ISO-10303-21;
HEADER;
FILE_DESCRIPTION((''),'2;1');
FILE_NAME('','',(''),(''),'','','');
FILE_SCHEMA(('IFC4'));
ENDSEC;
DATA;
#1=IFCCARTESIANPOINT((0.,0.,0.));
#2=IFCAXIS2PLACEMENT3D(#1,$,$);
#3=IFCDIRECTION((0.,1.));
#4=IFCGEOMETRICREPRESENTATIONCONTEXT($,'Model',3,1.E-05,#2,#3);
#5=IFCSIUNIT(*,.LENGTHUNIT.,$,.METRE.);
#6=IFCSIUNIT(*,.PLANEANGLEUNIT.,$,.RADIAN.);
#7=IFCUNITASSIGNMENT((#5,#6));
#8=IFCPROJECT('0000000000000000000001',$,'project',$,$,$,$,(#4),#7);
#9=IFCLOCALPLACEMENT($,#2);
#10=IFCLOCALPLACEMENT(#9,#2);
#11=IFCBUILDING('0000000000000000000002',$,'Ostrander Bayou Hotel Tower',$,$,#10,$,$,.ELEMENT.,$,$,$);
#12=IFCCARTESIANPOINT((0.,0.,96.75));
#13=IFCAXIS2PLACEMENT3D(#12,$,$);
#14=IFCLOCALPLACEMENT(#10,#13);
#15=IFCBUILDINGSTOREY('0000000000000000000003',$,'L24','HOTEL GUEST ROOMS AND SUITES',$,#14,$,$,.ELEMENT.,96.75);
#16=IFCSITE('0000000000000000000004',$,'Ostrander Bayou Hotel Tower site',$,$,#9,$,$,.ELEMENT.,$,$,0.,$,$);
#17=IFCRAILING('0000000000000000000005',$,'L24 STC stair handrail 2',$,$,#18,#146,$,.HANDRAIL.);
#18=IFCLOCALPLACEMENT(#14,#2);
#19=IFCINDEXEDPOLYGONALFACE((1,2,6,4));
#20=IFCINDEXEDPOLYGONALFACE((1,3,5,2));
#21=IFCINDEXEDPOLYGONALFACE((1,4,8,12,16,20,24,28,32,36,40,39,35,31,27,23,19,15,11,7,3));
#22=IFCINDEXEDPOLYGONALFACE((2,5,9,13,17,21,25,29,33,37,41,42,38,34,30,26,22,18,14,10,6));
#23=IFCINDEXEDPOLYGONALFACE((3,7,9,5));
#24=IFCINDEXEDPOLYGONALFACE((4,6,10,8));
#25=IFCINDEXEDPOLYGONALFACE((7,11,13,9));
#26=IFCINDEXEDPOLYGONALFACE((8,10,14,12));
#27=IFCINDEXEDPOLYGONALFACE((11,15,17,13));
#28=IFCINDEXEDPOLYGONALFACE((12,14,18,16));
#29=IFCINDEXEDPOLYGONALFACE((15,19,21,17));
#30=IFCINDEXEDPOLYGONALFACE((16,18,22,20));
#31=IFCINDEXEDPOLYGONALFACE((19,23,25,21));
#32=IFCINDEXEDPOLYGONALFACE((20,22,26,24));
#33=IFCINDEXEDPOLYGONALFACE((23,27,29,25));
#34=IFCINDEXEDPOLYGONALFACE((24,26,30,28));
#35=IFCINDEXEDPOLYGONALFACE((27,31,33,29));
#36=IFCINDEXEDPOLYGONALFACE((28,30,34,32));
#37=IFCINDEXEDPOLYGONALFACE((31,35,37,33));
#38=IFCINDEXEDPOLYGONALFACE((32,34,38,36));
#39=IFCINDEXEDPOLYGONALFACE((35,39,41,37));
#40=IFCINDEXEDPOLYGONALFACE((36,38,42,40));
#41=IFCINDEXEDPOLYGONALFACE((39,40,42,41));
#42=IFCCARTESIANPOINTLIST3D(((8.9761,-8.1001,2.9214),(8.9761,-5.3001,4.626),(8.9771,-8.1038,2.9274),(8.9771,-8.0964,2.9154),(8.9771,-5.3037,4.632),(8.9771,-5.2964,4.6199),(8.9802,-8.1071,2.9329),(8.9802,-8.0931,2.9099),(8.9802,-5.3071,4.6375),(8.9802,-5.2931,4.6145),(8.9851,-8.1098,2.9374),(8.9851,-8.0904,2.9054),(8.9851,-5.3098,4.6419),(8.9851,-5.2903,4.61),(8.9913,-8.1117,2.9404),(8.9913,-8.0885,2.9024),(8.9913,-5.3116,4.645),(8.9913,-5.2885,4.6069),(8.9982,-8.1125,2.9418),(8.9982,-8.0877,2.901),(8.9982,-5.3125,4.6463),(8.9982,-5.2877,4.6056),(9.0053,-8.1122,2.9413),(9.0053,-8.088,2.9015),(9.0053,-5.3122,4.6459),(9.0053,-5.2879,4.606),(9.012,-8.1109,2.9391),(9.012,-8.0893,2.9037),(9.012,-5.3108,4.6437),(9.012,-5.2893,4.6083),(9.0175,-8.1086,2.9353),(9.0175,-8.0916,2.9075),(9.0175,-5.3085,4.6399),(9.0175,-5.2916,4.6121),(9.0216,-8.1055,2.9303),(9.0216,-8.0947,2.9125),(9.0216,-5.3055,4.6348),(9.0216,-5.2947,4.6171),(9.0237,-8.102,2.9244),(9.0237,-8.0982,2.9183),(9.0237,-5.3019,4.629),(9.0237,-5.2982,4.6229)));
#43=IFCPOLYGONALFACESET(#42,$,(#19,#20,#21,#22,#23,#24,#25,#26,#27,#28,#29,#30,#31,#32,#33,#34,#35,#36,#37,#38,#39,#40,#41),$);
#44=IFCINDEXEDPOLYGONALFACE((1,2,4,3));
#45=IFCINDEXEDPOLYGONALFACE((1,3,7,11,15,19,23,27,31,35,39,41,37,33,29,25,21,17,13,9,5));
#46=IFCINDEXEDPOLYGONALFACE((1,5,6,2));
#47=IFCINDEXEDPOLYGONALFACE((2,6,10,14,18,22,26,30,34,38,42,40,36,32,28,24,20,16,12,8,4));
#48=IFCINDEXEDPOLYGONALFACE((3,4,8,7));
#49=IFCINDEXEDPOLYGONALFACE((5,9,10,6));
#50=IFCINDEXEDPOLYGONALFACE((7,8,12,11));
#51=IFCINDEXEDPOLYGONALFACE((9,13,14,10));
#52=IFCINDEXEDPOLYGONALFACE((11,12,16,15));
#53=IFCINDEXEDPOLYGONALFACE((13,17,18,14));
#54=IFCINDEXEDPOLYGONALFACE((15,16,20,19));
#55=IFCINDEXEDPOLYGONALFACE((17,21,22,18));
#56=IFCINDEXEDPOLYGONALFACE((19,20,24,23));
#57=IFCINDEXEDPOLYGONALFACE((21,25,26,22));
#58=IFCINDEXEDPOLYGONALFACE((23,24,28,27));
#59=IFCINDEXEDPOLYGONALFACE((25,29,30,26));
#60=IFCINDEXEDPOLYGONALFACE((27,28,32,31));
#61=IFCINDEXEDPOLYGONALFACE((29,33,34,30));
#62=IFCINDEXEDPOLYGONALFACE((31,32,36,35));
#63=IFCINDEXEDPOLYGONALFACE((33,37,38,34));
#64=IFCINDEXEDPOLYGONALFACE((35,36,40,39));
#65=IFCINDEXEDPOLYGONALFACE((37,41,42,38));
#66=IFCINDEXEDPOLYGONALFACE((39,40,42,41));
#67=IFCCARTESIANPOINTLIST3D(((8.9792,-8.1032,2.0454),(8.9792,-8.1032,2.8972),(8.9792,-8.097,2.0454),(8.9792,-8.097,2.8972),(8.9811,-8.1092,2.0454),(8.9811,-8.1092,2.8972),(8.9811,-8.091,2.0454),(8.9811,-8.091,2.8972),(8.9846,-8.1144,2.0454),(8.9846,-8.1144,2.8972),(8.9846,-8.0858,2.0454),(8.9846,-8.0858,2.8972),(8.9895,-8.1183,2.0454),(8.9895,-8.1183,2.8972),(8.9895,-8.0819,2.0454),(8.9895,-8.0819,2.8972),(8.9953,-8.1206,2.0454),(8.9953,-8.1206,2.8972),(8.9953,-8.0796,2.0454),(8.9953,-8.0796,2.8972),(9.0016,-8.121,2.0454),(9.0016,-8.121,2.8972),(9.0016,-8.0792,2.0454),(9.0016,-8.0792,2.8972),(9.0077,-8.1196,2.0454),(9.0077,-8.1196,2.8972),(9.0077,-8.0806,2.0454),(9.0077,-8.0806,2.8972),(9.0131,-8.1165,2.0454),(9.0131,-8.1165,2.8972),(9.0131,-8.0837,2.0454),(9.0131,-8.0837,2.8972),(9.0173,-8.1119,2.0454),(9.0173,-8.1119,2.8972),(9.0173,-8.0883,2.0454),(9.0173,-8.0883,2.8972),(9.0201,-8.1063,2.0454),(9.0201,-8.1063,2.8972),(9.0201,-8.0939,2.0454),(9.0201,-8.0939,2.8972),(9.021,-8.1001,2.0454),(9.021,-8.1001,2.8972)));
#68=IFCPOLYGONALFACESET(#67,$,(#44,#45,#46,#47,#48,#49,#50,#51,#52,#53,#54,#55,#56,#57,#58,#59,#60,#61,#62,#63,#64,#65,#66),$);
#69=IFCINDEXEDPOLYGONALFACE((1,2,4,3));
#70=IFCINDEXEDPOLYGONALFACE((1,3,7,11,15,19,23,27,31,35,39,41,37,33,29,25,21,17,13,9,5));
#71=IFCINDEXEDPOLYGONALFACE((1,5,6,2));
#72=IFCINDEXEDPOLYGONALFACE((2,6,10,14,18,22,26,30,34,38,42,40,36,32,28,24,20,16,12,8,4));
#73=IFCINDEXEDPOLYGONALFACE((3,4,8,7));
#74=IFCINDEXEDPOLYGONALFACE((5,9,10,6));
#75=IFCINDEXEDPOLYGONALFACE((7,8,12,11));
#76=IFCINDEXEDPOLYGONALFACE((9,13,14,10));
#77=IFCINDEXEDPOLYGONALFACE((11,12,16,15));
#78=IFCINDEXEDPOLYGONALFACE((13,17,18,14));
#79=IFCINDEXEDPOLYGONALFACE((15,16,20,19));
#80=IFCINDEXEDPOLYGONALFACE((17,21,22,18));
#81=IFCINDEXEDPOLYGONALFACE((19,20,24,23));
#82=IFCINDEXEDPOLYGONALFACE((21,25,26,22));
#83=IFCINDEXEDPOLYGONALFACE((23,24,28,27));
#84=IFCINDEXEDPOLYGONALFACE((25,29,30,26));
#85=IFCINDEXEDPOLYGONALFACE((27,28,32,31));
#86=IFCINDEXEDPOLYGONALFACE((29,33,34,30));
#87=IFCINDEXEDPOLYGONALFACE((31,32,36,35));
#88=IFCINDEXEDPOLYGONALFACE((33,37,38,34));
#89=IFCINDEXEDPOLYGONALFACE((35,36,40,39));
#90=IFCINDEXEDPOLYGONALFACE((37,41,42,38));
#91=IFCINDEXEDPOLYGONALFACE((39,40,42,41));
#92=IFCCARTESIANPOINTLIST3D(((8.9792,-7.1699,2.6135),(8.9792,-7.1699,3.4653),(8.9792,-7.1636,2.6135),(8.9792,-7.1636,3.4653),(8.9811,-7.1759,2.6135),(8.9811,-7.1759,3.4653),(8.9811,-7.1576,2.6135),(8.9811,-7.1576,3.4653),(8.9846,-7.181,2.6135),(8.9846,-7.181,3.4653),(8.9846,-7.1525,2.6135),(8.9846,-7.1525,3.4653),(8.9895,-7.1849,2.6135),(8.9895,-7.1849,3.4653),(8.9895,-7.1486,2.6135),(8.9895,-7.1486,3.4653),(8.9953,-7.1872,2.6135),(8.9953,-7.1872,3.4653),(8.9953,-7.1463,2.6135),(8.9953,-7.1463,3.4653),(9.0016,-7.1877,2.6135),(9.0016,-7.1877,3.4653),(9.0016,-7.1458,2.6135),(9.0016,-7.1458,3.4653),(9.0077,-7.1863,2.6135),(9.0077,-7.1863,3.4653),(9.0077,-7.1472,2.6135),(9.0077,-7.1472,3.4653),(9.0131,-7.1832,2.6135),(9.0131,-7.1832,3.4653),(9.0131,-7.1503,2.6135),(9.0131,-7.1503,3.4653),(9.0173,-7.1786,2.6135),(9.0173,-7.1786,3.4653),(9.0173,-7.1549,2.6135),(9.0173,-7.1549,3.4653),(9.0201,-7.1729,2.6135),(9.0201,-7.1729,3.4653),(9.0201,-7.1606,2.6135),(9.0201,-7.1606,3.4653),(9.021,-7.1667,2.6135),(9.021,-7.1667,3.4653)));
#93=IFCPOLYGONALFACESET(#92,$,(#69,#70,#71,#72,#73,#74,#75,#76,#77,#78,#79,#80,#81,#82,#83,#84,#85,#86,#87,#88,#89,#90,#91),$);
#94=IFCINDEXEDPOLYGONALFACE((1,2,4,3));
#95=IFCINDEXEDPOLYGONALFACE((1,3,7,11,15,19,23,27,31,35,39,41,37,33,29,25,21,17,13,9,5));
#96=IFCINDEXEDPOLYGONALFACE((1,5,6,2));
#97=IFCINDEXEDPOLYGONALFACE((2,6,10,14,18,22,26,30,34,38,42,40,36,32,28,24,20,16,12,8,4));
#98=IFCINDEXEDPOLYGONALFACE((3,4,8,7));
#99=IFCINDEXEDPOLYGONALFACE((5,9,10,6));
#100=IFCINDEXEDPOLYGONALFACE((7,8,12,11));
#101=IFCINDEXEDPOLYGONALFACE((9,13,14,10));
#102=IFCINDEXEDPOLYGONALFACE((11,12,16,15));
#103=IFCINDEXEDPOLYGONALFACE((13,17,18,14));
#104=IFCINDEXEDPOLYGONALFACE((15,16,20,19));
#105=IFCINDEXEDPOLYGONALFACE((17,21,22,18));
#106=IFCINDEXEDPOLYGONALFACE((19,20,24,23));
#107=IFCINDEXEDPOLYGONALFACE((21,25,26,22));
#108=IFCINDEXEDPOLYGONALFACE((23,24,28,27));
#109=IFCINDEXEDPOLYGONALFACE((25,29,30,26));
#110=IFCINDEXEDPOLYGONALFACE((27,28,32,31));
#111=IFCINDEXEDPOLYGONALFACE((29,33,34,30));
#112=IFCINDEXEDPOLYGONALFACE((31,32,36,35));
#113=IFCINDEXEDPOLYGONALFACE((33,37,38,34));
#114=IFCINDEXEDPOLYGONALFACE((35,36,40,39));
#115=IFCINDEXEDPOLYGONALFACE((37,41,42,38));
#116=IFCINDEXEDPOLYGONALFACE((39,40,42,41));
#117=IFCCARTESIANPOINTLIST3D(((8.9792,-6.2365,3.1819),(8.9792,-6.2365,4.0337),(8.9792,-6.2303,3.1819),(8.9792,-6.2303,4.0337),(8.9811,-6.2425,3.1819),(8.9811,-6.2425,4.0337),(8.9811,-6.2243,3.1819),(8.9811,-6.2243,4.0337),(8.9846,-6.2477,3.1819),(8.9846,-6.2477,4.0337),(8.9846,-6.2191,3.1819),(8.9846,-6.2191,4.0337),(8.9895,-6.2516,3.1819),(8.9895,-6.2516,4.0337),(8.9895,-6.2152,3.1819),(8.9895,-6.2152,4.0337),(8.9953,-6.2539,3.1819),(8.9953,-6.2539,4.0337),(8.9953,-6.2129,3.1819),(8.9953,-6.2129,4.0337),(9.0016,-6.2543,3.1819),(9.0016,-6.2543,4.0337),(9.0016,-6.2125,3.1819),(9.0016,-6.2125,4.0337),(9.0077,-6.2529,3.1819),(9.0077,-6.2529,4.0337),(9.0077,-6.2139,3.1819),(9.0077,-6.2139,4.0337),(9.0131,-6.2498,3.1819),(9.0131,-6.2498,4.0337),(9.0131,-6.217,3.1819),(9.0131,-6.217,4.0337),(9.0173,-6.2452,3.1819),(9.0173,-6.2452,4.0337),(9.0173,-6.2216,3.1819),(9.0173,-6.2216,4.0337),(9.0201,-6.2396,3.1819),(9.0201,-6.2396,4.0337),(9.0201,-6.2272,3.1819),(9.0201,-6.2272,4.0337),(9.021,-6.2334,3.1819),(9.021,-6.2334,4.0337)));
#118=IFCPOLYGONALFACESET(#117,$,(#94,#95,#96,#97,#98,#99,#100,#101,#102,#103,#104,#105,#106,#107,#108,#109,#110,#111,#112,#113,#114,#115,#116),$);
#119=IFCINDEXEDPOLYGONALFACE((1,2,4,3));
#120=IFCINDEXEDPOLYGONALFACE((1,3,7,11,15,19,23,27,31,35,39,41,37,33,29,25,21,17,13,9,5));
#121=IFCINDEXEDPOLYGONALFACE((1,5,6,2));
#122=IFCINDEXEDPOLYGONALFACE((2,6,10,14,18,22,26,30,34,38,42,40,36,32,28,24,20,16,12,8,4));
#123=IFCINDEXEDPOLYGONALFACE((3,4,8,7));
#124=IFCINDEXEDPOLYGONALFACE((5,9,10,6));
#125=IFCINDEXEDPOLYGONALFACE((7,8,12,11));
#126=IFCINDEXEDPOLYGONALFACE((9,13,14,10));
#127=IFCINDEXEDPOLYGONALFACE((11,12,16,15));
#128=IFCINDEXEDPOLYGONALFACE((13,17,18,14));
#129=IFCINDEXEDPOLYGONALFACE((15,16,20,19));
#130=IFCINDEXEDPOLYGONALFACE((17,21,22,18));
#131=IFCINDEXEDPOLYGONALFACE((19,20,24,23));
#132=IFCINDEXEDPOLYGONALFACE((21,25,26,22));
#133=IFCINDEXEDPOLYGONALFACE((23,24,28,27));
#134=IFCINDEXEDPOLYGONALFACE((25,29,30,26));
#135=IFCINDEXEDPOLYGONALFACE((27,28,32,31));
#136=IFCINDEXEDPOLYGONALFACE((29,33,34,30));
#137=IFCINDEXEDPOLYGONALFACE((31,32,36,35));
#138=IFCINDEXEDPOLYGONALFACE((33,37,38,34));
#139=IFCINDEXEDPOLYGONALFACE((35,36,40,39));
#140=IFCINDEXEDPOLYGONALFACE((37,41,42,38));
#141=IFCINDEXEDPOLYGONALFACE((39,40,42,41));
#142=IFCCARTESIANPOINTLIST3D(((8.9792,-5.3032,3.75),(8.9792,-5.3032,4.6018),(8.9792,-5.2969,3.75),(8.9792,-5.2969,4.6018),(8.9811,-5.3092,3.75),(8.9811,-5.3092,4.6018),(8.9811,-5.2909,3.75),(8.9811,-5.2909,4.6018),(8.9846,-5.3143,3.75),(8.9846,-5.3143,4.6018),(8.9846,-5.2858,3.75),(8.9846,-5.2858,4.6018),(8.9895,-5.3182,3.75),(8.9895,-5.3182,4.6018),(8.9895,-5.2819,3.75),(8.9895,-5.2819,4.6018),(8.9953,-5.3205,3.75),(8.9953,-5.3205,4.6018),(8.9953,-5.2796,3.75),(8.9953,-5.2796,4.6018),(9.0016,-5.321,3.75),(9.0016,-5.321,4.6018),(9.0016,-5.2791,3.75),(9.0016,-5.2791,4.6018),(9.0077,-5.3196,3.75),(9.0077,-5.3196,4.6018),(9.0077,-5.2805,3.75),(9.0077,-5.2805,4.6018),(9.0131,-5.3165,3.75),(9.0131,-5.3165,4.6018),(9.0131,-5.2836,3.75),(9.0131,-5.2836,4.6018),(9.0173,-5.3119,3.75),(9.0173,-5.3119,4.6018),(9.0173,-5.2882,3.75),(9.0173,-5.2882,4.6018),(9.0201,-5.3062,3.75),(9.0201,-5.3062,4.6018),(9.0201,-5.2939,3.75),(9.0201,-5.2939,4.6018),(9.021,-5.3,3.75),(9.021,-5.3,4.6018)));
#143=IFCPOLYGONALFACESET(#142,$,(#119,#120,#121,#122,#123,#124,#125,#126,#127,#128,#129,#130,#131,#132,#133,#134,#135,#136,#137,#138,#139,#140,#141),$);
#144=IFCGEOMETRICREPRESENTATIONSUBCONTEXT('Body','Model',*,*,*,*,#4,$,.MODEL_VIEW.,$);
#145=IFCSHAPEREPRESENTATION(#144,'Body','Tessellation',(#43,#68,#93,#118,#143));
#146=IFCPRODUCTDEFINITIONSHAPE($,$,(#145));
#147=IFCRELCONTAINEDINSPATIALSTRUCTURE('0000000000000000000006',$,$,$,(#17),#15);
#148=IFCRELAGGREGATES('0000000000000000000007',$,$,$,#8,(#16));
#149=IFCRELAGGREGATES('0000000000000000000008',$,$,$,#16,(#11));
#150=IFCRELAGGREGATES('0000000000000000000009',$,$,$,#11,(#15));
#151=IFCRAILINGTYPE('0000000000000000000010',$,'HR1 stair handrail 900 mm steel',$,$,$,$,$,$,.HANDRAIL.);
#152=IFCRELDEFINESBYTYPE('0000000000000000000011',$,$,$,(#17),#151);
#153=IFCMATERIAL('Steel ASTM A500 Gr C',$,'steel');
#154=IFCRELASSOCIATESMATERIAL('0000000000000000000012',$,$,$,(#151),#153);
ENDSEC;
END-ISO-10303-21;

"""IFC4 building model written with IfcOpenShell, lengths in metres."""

from ifc_helpers import new_model, si_unit, direction, frame, origin, origin_2d, place, context, subcontext, project, spatial, circle, extrude, material, type_object, element, save


model = new_model("IFC4")

# Units and contexts
model_context = context("Model", 3, precision=1e-05, world=origin(), true_north=direction((0.0, 1.0)))
body_context = subcontext(model_context, "Body", "Model", "MODEL_VIEW")
ifc_project = project(units=[si_unit("LENGTHUNIT", "METRE"), si_unit("PLANEANGLEUNIT", "RADIAN")], contexts=[model_context])

# Site, building, storey
site_placement = place(None, origin())
site = spatial("IfcSite", under=ifc_project, at=site_placement, Name="Ostrander Bayou Hotel Tower site", CompositionType="ELEMENT", RefElevation=0.0)
building_placement = place(site_placement, origin())
building = spatial("IfcBuilding", under=site, at=building_placement, Name="Ostrander Bayou Hotel Tower", CompositionType="ELEMENT")
storey_placement = place(building_placement, frame((0.0, 0.0, 96.75)))
storey = spatial("IfcBuildingStorey", under=building, at=storey_placement, Name="L24", Description="HOTEL GUEST ROOMS AND SUITES", CompositionType="ELEMENT", Elevation=96.75)

# Railing
ifc_material_1 = material(Name="Steel ASTM A500 Gr C", Category="steel")
railing_type_1 = type_object("IfcRailingType", Name="HR1 stair handrail 900 mm steel", PredefinedType="HANDRAIL", material=ifc_material_1)
railing_1_placement = place(storey_placement, frame((9.0, -8.1001, 2.0454)))
element("IfcRailing", 1, at=railing_1_placement, inside=storey, type_object=railing_type_1, Name="L24 STC stair handrail 2", PredefinedType="HANDRAIL", context=body_context, shape_type="SweptSolid", body=[
    extrude(circle(Radius=0.0239, at=origin_2d()), frame((0.0, 0.0, 0.876), z_axis=(0.0, 0.85417, 0.519994), x_axis=(-1.0, 0.0, 0.0)), (0.0, 0.0, 1.0), 3.2781),
    extrude(circle(Radius=0.021, at=origin_2d()), origin(), (0.0, 0.0, 1.0), 0.8518),
    extrude(circle(Radius=0.021, at=origin_2d()), frame((0.0, 0.9333, 0.5681)), (0.0, 0.0, 1.0), 0.8518),
    extrude(circle(Radius=0.021, at=origin_2d()), frame((0.0, 1.8667, 1.1365)), (0.0, 0.0, 1.0), 0.8518),
    extrude(circle(Radius=0.021, at=origin_2d()), frame((0.0, 2.8, 1.7046)), (0.0, 0.0, 1.0), 0.8518),
])

save(model, "model.ifc")
